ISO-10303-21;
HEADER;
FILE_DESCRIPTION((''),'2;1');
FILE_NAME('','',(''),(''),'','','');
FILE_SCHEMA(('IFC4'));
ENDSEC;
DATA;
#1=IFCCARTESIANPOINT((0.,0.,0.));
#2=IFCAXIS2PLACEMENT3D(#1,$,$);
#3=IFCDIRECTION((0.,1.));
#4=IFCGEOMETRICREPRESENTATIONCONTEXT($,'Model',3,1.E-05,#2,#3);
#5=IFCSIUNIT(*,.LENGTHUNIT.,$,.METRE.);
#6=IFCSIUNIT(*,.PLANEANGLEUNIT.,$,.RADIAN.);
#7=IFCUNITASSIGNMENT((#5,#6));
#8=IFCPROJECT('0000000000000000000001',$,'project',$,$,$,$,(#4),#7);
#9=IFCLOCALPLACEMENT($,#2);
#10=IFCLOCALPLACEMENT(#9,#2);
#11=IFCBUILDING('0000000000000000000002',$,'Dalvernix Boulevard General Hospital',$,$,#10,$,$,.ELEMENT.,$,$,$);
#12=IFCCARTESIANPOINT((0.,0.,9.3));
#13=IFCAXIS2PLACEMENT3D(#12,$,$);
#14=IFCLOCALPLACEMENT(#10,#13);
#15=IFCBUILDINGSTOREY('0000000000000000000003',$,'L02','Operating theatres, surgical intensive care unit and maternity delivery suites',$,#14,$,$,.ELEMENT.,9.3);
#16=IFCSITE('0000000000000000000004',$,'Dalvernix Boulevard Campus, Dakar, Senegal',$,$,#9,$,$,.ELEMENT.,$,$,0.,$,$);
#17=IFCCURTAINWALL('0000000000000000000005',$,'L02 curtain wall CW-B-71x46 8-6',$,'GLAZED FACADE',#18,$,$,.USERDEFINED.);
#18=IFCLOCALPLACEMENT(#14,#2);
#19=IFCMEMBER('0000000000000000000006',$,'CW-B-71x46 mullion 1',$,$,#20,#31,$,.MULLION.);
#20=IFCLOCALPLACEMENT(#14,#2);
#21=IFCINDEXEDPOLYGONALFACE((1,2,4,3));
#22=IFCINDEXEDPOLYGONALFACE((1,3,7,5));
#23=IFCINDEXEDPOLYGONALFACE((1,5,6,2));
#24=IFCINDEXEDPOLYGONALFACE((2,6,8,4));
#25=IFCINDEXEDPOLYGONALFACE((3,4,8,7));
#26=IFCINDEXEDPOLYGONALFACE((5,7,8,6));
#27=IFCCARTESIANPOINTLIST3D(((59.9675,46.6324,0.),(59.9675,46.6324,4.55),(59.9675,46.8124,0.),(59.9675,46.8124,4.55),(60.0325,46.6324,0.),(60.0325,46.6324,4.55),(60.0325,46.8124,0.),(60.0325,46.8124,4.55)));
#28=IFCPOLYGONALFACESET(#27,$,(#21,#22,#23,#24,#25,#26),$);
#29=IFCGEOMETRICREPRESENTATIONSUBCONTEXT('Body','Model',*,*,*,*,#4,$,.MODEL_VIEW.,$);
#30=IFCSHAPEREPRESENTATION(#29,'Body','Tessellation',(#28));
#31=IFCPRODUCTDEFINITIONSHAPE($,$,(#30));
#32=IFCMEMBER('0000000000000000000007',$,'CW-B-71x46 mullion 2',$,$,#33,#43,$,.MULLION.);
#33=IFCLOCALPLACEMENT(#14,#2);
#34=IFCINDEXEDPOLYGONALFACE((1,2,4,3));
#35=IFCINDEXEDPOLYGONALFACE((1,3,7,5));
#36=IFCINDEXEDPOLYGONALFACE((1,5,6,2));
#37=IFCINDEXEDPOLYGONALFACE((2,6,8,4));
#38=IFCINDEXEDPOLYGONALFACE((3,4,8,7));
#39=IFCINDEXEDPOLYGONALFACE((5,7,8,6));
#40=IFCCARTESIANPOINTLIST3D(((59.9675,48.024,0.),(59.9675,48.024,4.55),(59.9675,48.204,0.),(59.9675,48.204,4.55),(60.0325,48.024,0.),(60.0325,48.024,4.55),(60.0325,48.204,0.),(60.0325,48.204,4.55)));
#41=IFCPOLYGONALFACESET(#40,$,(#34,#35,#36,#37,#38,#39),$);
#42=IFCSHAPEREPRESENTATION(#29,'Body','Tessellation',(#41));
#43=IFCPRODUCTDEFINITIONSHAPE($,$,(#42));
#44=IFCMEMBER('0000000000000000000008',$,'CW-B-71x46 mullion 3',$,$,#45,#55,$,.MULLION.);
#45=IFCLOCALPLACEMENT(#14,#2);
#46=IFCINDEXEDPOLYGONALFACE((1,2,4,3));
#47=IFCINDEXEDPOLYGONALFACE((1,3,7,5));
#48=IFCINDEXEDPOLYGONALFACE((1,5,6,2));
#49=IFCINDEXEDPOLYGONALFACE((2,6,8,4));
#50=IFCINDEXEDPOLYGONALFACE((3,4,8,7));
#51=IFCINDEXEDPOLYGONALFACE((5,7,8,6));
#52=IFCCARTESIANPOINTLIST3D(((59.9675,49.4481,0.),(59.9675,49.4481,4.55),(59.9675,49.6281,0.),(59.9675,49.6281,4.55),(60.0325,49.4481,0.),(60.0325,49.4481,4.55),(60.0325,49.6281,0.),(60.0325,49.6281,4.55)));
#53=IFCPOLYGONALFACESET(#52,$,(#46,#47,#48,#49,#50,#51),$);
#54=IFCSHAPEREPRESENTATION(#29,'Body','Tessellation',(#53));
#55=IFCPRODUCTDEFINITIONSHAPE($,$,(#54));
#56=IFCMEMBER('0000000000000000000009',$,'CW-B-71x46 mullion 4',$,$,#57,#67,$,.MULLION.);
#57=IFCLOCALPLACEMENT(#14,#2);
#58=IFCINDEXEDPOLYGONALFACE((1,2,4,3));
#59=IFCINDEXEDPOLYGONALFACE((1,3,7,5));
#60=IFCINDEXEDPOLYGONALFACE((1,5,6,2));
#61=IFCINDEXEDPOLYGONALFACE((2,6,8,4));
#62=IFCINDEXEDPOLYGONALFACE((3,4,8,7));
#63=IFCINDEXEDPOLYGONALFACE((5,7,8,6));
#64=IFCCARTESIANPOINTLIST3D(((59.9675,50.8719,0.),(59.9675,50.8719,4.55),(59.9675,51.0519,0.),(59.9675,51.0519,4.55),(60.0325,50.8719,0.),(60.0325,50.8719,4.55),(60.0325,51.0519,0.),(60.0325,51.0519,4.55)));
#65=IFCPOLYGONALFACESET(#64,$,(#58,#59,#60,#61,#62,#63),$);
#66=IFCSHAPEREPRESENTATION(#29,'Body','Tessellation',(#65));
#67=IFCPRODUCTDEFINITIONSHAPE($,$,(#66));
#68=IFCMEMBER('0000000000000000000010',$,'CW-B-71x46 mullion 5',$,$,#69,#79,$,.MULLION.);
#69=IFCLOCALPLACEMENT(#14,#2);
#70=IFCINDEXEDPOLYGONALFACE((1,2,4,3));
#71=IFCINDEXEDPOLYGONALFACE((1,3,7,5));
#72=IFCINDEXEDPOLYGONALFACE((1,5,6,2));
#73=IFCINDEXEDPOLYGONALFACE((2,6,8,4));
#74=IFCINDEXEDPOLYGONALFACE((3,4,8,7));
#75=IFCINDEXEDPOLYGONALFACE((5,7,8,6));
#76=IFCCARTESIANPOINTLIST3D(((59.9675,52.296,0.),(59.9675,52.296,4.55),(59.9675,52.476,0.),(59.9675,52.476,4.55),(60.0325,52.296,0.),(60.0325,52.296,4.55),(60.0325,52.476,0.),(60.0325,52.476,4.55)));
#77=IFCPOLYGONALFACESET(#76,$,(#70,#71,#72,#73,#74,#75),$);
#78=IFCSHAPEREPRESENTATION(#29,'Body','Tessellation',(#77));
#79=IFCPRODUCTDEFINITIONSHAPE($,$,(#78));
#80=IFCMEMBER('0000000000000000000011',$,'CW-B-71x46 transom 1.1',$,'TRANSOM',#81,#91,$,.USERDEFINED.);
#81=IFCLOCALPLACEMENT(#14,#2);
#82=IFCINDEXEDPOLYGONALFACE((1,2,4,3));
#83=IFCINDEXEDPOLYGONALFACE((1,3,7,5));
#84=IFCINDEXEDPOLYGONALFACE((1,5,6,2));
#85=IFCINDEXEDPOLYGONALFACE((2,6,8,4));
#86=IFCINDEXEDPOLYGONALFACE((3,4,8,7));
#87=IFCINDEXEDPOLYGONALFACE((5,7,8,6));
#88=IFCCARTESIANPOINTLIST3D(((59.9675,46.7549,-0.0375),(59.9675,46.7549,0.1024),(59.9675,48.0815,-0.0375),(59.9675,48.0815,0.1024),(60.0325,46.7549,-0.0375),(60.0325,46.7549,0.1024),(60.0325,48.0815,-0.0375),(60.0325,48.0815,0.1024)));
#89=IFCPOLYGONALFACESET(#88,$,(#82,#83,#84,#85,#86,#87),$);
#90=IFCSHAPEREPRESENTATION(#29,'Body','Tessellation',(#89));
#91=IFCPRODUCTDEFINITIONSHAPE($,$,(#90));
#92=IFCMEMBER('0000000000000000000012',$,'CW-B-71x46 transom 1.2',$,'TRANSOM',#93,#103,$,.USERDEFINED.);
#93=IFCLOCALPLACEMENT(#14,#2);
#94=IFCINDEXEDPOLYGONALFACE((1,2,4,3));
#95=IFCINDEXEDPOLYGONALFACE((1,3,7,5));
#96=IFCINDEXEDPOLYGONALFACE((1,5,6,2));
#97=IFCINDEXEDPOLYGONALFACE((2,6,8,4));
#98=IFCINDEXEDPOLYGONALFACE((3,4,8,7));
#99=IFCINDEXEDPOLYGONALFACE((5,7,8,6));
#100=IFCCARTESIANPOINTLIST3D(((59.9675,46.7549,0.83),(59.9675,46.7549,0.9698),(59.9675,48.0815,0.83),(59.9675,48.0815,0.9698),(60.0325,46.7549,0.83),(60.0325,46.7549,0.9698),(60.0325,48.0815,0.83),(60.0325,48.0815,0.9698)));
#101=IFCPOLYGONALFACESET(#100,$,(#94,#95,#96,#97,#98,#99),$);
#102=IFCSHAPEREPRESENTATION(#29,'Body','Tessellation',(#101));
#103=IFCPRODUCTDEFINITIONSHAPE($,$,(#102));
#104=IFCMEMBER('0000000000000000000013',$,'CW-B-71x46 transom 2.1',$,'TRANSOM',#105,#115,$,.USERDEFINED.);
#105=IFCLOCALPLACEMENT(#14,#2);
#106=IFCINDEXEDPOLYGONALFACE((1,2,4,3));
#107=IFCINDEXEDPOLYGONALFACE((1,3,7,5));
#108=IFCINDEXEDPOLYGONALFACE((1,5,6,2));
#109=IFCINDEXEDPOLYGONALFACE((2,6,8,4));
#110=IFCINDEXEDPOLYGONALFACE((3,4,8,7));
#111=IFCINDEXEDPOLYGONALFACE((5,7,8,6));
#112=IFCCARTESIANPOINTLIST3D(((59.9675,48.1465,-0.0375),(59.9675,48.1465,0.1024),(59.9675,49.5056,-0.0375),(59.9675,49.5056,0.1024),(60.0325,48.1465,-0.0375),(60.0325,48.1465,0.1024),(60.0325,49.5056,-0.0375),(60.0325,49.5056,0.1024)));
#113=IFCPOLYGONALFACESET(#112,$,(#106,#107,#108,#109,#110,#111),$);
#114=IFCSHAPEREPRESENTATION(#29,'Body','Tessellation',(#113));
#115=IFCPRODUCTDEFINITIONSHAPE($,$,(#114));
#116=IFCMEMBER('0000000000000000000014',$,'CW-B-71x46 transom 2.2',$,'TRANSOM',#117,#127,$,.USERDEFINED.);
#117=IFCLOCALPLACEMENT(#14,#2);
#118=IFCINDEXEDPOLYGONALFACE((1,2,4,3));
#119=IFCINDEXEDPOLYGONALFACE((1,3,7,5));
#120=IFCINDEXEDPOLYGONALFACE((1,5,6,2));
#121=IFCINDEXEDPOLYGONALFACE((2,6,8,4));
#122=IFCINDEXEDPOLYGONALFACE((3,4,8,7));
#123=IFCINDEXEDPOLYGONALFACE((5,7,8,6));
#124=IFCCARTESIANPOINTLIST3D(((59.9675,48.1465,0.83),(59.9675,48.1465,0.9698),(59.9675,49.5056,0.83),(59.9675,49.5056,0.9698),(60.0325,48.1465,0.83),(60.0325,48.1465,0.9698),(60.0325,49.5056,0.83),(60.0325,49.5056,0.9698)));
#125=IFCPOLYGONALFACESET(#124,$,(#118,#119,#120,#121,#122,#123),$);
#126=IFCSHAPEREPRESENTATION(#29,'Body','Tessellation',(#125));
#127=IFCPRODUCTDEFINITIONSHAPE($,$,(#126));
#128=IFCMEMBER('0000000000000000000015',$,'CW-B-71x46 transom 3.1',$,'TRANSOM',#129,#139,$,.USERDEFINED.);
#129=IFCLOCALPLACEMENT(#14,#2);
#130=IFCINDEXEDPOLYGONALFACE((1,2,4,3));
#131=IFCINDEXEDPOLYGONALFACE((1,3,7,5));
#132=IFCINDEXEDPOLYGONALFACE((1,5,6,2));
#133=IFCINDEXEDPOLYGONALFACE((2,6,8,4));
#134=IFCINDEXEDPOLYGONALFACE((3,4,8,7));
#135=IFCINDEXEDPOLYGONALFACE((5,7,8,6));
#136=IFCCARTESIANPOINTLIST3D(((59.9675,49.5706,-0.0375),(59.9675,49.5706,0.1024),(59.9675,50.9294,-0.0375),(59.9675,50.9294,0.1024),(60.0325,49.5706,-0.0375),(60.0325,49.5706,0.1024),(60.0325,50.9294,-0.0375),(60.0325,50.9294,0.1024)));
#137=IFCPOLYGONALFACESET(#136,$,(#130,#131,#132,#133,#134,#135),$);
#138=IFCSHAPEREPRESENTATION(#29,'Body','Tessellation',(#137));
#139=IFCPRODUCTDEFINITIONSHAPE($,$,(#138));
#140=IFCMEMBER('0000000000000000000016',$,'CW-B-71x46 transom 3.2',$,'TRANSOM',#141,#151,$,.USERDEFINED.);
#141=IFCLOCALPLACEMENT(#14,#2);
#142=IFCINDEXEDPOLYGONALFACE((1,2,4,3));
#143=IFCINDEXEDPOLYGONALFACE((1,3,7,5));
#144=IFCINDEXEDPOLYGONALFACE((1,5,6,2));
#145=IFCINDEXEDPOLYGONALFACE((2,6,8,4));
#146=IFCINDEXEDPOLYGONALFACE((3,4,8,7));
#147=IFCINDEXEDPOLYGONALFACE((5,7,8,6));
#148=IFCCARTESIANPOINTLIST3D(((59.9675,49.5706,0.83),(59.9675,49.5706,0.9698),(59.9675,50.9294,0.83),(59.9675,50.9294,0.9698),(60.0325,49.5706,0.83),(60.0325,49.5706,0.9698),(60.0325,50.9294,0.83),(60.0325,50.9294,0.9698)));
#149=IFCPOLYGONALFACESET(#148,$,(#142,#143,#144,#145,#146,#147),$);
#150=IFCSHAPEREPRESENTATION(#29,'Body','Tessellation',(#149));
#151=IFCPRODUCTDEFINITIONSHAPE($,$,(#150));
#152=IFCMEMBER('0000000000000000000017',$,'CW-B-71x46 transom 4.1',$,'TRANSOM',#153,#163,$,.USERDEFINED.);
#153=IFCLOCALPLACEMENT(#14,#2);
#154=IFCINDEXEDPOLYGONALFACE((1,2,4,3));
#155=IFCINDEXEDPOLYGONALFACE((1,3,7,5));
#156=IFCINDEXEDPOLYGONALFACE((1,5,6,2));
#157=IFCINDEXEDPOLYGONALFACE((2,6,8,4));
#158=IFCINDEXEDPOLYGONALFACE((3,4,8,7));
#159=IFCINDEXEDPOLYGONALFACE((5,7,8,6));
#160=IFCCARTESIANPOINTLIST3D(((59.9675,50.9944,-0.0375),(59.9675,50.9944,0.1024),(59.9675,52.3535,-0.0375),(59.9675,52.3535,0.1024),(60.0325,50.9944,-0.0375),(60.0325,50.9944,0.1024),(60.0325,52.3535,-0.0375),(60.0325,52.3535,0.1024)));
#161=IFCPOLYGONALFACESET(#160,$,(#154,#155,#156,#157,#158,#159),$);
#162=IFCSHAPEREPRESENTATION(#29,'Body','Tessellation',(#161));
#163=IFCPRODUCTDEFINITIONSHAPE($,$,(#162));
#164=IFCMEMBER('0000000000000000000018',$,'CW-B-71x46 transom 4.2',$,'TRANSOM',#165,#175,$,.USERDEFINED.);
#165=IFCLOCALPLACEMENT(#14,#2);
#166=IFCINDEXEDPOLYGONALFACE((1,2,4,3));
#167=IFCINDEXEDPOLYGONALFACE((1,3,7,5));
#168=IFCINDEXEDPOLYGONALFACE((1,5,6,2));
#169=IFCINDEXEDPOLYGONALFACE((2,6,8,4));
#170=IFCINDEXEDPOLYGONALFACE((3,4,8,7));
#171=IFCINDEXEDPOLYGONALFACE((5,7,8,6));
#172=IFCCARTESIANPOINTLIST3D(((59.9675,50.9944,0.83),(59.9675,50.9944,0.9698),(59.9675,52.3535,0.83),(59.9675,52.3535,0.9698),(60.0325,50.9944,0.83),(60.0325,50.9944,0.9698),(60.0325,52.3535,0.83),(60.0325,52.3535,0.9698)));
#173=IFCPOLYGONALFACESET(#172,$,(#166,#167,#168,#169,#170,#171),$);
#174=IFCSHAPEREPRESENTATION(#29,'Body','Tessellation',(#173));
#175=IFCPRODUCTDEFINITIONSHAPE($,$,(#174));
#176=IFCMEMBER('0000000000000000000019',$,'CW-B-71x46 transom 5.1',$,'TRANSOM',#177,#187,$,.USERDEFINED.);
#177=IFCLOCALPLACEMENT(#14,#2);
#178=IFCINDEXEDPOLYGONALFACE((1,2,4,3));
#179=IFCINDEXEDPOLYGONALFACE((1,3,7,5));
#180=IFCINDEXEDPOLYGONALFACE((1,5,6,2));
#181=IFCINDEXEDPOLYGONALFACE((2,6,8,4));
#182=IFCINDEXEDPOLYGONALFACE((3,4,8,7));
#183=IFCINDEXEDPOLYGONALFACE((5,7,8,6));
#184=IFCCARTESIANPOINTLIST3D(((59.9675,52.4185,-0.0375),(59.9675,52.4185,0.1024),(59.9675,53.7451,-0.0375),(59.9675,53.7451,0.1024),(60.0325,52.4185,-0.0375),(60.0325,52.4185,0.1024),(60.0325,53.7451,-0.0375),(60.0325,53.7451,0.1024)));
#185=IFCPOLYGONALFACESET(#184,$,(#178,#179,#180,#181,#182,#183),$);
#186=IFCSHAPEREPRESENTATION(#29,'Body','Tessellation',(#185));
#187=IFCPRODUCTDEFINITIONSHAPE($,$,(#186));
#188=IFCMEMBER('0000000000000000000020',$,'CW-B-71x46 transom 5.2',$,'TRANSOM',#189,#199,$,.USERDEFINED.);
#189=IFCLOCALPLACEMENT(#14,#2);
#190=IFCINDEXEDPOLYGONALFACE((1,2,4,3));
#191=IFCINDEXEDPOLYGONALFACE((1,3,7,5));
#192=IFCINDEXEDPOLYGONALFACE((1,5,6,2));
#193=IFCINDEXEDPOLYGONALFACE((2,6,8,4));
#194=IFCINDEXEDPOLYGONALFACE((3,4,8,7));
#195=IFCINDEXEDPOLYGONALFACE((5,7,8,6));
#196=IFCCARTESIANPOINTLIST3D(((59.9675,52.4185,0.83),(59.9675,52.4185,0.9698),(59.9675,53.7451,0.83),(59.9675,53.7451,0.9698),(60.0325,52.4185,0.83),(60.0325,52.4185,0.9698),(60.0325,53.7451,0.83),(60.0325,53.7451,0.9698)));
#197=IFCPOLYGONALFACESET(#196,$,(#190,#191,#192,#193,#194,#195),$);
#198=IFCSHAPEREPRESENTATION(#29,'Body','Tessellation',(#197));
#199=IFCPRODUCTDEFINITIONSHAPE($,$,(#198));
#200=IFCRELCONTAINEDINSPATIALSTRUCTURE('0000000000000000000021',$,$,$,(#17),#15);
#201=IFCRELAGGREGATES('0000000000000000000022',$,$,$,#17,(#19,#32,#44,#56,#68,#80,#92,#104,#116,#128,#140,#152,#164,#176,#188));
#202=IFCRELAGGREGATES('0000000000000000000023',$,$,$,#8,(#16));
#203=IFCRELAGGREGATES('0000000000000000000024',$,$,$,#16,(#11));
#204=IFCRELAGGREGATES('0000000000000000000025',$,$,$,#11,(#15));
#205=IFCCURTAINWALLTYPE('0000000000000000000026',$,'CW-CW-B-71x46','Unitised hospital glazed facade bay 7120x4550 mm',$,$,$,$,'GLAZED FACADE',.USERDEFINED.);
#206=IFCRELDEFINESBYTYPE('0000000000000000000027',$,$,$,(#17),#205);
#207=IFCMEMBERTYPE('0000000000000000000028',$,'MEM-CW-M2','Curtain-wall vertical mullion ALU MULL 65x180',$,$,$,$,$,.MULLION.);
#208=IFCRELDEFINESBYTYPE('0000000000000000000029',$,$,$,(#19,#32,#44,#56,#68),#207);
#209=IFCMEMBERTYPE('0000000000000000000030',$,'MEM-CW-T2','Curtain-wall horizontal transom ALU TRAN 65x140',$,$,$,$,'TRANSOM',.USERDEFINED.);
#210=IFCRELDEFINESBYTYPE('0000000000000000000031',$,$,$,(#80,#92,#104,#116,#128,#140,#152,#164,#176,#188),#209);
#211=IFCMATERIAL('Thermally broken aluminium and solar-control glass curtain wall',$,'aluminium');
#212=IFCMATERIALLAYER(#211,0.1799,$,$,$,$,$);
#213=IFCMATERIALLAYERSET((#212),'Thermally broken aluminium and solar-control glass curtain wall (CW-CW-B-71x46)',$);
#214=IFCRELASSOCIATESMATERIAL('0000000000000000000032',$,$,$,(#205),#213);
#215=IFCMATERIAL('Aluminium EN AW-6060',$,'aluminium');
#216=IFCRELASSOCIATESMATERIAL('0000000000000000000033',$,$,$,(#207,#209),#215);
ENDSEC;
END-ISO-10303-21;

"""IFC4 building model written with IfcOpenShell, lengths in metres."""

from ifc_helpers import new_model, si_unit, direction, frame, origin, origin_2d, place, context, subcontext, project, spatial, rectangle, extrude, material, layer, layer_set, material_profile, profile_set, type_object, element, aggregate, save


model = new_model("IFC4")

# Units and contexts
model_context = context("Model", 3, precision=1e-05, world=origin(), true_north=direction((0.0, 1.0)))
body_context = subcontext(model_context, "Body", "Model", "MODEL_VIEW")
ifc_project = project(units=[si_unit("LENGTHUNIT", "METRE"), si_unit("PLANEANGLEUNIT", "RADIAN")], contexts=[model_context])

# Site, building, storey
site_placement = place(None, origin())
site = spatial("IfcSite", under=ifc_project, at=site_placement, Name="Dalvernix Boulevard Campus, Dakar, Senegal", CompositionType="ELEMENT", RefElevation=0.0)
building_placement = place(site_placement, origin())
building = spatial("IfcBuilding", under=site, at=building_placement, Name="Dalvernix Boulevard General Hospital", CompositionType="ELEMENT")
storey_placement = place(building_placement, frame((0.0, 0.0, 9.3)))
storey = spatial("IfcBuildingStorey", under=building, at=storey_placement, Name="L02", Description="Operating theatres, surgical intensive care unit and maternity delivery suites", CompositionType="ELEMENT", Elevation=9.3)

# Curtain wall, members
ifc_material_1 = material(Name="Thermally broken aluminium and solar-control glass curtain wall", Category="aluminium")
ifc_layer_1 = layer(ifc_material_1, 0.1799)
ifc_layer_set_1 = layer_set([ifc_layer_1], Name="Thermally broken aluminium and solar-control glass curtain wall (CW-CW-B-71x46)")
curtain_wall_type = type_object("IfcCurtainWallType", Name="CW-CW-B-71x46", Description="Unitised hospital glazed facade bay 7120x4550 mm", ElementType="GLAZED FACADE", PredefinedType="USERDEFINED", material=ifc_layer_set_1)
curtain_wall_placement = place(storey_placement, origin())
curtain_wall = element("IfcCurtainWall", 1, at=curtain_wall_placement, inside=storey, type_object=curtain_wall_type, Name="L02 curtain wall CW-B-71x46 8-6", ObjectType="GLAZED FACADE", PredefinedType="USERDEFINED")
ifc_material_2 = material(Name="Aluminium EN AW-6060", Category="aluminium")
ifc_material_profile_1 = material_profile(ifc_material_2, rectangle(XDim=0.0649, YDim=0.1799, at=origin_2d()), Name="ALU MULL 65x180")
ifc_profile_set_1 = profile_set([ifc_material_profile_1], Name="Aluminium EN AW-6060")
member_type_1 = type_object("IfcMemberType", Name="MEM-CW-M2", Description="Curtain-wall vertical mullion ALU MULL 65x180", PredefinedType="MULLION", material=ifc_profile_set_1)
member_1_placement = place(storey_placement, frame((60.0, 46.7224, 0.0), z_axis=(0.0, 0.0, 1.0), x_axis=(-1.0, 0.0, 0.0)))
member_1 = element("IfcMember", 2, at=member_1_placement, type_object=member_type_1, Name="CW-B-71x46 mullion 1", PredefinedType="MULLION", context=body_context, shape_type="SweptSolid", body=[
    extrude(rectangle(XDim=0.0649, YDim=0.1799, at=origin_2d()), origin(), (0.0, 0.0, 1.0), 4.55),
])
member_2_placement = place(storey_placement, frame((60.0, 48.114, 0.0), z_axis=(0.0, 0.0, 1.0), x_axis=(-1.0, 0.0, 0.0)))
member_2 = element("IfcMember", 3, at=member_2_placement, type_object=member_type_1, Name="CW-B-71x46 mullion 2", PredefinedType="MULLION", context=body_context, shape_type="SweptSolid", body=[
    extrude(rectangle(XDim=0.0649, YDim=0.1799, at=origin_2d()), origin(), (0.0, 0.0, 1.0), 4.55),
])
member_3_placement = place(storey_placement, frame((60.0, 49.5381, 0.0), z_axis=(0.0, 0.0, 1.0), x_axis=(-1.0, 0.0, 0.0)))
member_3 = element("IfcMember", 4, at=member_3_placement, type_object=member_type_1, Name="CW-B-71x46 mullion 3", PredefinedType="MULLION", context=body_context, shape_type="SweptSolid", body=[
    extrude(rectangle(XDim=0.0649, YDim=0.1799, at=origin_2d()), origin(), (0.0, 0.0, 1.0), 4.55),
])
member_4_placement = place(storey_placement, frame((60.0, 50.9619, 0.0), z_axis=(0.0, 0.0, 1.0), x_axis=(-1.0, 0.0, 0.0)))
member_4 = element("IfcMember", 5, at=member_4_placement, type_object=member_type_1, Name="CW-B-71x46 mullion 4", PredefinedType="MULLION", context=body_context, shape_type="SweptSolid", body=[
    extrude(rectangle(XDim=0.0649, YDim=0.1799, at=origin_2d()), origin(), (0.0, 0.0, 1.0), 4.55),
])
member_5_placement = place(storey_placement, frame((60.0, 52.386, 0.0), z_axis=(0.0, 0.0, 1.0), x_axis=(-1.0, 0.0, 0.0)))
member_5 = element("IfcMember", 6, at=member_5_placement, type_object=member_type_1, Name="CW-B-71x46 mullion 5", PredefinedType="MULLION", context=body_context, shape_type="SweptSolid", body=[
    extrude(rectangle(XDim=0.0649, YDim=0.1799, at=origin_2d()), origin(), (0.0, 0.0, 1.0), 4.55),
])
ifc_material_profile_2 = material_profile(ifc_material_2, rectangle(XDim=0.0649, YDim=0.1399, at=origin_2d()), Name="ALU TRAN 65x140")
ifc_profile_set_2 = profile_set([ifc_material_profile_2], Name="Aluminium EN AW-6060")
member_type_2 = type_object("IfcMemberType", Name="MEM-CW-T2", Description="Curtain-wall horizontal transom ALU TRAN 65x140", ElementType="TRANSOM", PredefinedType="USERDEFINED", material=ifc_profile_set_2)
member_6_placement = place(storey_placement, frame((60.0, 46.7549, 0.0325), z_axis=(0.0, 1.0, 0.0), x_axis=(-1.0, 0.0, 0.0)))
member_6 = element("IfcMember", 7, at=member_6_placement, type_object=member_type_2, Name="CW-B-71x46 transom 1.1", ObjectType="TRANSOM", PredefinedType="USERDEFINED", context=body_context, shape_type="SweptSolid", body=[
    extrude(rectangle(XDim=0.0649, YDim=0.1399, at=origin_2d()), origin(), (0.0, 0.0, 1.0), 1.3267),
])
member_7_placement = place(storey_placement, frame((60.0, 46.7549, 0.8999), z_axis=(0.0, 1.0, 0.0), x_axis=(-1.0, 0.0, 0.0)))
member_7 = element("IfcMember", 8, at=member_7_placement, type_object=member_type_2, Name="CW-B-71x46 transom 1.2", ObjectType="TRANSOM", PredefinedType="USERDEFINED", context=body_context, shape_type="SweptSolid", body=[
    extrude(rectangle(XDim=0.0649, YDim=0.1399, at=origin_2d()), origin(), (0.0, 0.0, 1.0), 1.3267),
])
member_8_placement = place(storey_placement, frame((60.0, 48.1465, 0.0325), z_axis=(0.0, 1.0, 0.0), x_axis=(-1.0, 0.0, 0.0)))
member_8 = element("IfcMember", 9, at=member_8_placement, type_object=member_type_2, Name="CW-B-71x46 transom 2.1", ObjectType="TRANSOM", PredefinedType="USERDEFINED", context=body_context, shape_type="SweptSolid", body=[
    extrude(rectangle(XDim=0.0649, YDim=0.1399, at=origin_2d()), origin(), (0.0, 0.0, 1.0), 1.3591),
])
member_9_placement = place(storey_placement, frame((60.0, 48.1465, 0.8999), z_axis=(0.0, 1.0, 0.0), x_axis=(-1.0, 0.0, 0.0)))
member_9 = element("IfcMember", 10, at=member_9_placement, type_object=member_type_2, Name="CW-B-71x46 transom 2.2", ObjectType="TRANSOM", PredefinedType="USERDEFINED", context=body_context, shape_type="SweptSolid", body=[
    extrude(rectangle(XDim=0.0649, YDim=0.1399, at=origin_2d()), origin(), (0.0, 0.0, 1.0), 1.3591),
])
member_10_placement = place(storey_placement, frame((60.0, 49.5706, 0.0325), z_axis=(0.0, 1.0, 0.0), x_axis=(-1.0, 0.0, 0.0)))
member_10 = element("IfcMember", 11, at=member_10_placement, type_object=member_type_2, Name="CW-B-71x46 transom 3.1", ObjectType="TRANSOM", PredefinedType="USERDEFINED", context=body_context, shape_type="SweptSolid", body=[
    extrude(rectangle(XDim=0.0649, YDim=0.1399, at=origin_2d()), origin(), (0.0, 0.0, 1.0), 1.3589),
])
member_11_placement = place(storey_placement, frame((60.0, 49.5706, 0.8999), z_axis=(0.0, 1.0, 0.0), x_axis=(-1.0, 0.0, 0.0)))
member_11 = element("IfcMember", 12, at=member_11_placement, type_object=member_type_2, Name="CW-B-71x46 transom 3.2", ObjectType="TRANSOM", PredefinedType="USERDEFINED", context=body_context, shape_type="SweptSolid", body=[
    extrude(rectangle(XDim=0.0649, YDim=0.1399, at=origin_2d()), origin(), (0.0, 0.0, 1.0), 1.3589),
])
member_12_placement = place(storey_placement, frame((60.0, 50.9944, 0.0325), z_axis=(0.0, 1.0, 0.0), x_axis=(-1.0, 0.0, 0.0)))
member_12 = element("IfcMember", 13, at=member_12_placement, type_object=member_type_2, Name="CW-B-71x46 transom 4.1", ObjectType="TRANSOM", PredefinedType="USERDEFINED", context=body_context, shape_type="SweptSolid", body=[
    extrude(rectangle(XDim=0.0649, YDim=0.1399, at=origin_2d()), origin(), (0.0, 0.0, 1.0), 1.3591),
])
member_13_placement = place(storey_placement, frame((60.0, 50.9944, 0.8999), z_axis=(0.0, 1.0, 0.0), x_axis=(-1.0, 0.0, 0.0)))
member_13 = element("IfcMember", 14, at=member_13_placement, type_object=member_type_2, Name="CW-B-71x46 transom 4.2", ObjectType="TRANSOM", PredefinedType="USERDEFINED", context=body_context, shape_type="SweptSolid", body=[
    extrude(rectangle(XDim=0.0649, YDim=0.1399, at=origin_2d()), origin(), (0.0, 0.0, 1.0), 1.3591),
])
member_14_placement = place(storey_placement, frame((60.0, 52.4185, 0.0325), z_axis=(0.0, 1.0, 0.0), x_axis=(-1.0, 0.0, 0.0)))
member_14 = element("IfcMember", 15, at=member_14_placement, type_object=member_type_2, Name="CW-B-71x46 transom 5.1", ObjectType="TRANSOM", PredefinedType="USERDEFINED", context=body_context, shape_type="SweptSolid", body=[
    extrude(rectangle(XDim=0.0649, YDim=0.1399, at=origin_2d()), origin(), (0.0, 0.0, 1.0), 1.3267),
])
member_15_placement = place(storey_placement, frame((60.0, 52.4185, 0.8999), z_axis=(0.0, 1.0, 0.0), x_axis=(-1.0, 0.0, 0.0)))
member_15 = element("IfcMember", 16, at=member_15_placement, type_object=member_type_2, Name="CW-B-71x46 transom 5.2", ObjectType="TRANSOM", PredefinedType="USERDEFINED", context=body_context, shape_type="SweptSolid", body=[
    extrude(rectangle(XDim=0.0649, YDim=0.1399, at=origin_2d()), origin(), (0.0, 0.0, 1.0), 1.3267),
])
aggregate(curtain_wall, [member_1, member_2, member_3, member_4, member_5, member_6, member_7, member_8, member_9, member_10, member_11, member_12, member_13, member_14, member_15])

save(model, "model.ifc")
